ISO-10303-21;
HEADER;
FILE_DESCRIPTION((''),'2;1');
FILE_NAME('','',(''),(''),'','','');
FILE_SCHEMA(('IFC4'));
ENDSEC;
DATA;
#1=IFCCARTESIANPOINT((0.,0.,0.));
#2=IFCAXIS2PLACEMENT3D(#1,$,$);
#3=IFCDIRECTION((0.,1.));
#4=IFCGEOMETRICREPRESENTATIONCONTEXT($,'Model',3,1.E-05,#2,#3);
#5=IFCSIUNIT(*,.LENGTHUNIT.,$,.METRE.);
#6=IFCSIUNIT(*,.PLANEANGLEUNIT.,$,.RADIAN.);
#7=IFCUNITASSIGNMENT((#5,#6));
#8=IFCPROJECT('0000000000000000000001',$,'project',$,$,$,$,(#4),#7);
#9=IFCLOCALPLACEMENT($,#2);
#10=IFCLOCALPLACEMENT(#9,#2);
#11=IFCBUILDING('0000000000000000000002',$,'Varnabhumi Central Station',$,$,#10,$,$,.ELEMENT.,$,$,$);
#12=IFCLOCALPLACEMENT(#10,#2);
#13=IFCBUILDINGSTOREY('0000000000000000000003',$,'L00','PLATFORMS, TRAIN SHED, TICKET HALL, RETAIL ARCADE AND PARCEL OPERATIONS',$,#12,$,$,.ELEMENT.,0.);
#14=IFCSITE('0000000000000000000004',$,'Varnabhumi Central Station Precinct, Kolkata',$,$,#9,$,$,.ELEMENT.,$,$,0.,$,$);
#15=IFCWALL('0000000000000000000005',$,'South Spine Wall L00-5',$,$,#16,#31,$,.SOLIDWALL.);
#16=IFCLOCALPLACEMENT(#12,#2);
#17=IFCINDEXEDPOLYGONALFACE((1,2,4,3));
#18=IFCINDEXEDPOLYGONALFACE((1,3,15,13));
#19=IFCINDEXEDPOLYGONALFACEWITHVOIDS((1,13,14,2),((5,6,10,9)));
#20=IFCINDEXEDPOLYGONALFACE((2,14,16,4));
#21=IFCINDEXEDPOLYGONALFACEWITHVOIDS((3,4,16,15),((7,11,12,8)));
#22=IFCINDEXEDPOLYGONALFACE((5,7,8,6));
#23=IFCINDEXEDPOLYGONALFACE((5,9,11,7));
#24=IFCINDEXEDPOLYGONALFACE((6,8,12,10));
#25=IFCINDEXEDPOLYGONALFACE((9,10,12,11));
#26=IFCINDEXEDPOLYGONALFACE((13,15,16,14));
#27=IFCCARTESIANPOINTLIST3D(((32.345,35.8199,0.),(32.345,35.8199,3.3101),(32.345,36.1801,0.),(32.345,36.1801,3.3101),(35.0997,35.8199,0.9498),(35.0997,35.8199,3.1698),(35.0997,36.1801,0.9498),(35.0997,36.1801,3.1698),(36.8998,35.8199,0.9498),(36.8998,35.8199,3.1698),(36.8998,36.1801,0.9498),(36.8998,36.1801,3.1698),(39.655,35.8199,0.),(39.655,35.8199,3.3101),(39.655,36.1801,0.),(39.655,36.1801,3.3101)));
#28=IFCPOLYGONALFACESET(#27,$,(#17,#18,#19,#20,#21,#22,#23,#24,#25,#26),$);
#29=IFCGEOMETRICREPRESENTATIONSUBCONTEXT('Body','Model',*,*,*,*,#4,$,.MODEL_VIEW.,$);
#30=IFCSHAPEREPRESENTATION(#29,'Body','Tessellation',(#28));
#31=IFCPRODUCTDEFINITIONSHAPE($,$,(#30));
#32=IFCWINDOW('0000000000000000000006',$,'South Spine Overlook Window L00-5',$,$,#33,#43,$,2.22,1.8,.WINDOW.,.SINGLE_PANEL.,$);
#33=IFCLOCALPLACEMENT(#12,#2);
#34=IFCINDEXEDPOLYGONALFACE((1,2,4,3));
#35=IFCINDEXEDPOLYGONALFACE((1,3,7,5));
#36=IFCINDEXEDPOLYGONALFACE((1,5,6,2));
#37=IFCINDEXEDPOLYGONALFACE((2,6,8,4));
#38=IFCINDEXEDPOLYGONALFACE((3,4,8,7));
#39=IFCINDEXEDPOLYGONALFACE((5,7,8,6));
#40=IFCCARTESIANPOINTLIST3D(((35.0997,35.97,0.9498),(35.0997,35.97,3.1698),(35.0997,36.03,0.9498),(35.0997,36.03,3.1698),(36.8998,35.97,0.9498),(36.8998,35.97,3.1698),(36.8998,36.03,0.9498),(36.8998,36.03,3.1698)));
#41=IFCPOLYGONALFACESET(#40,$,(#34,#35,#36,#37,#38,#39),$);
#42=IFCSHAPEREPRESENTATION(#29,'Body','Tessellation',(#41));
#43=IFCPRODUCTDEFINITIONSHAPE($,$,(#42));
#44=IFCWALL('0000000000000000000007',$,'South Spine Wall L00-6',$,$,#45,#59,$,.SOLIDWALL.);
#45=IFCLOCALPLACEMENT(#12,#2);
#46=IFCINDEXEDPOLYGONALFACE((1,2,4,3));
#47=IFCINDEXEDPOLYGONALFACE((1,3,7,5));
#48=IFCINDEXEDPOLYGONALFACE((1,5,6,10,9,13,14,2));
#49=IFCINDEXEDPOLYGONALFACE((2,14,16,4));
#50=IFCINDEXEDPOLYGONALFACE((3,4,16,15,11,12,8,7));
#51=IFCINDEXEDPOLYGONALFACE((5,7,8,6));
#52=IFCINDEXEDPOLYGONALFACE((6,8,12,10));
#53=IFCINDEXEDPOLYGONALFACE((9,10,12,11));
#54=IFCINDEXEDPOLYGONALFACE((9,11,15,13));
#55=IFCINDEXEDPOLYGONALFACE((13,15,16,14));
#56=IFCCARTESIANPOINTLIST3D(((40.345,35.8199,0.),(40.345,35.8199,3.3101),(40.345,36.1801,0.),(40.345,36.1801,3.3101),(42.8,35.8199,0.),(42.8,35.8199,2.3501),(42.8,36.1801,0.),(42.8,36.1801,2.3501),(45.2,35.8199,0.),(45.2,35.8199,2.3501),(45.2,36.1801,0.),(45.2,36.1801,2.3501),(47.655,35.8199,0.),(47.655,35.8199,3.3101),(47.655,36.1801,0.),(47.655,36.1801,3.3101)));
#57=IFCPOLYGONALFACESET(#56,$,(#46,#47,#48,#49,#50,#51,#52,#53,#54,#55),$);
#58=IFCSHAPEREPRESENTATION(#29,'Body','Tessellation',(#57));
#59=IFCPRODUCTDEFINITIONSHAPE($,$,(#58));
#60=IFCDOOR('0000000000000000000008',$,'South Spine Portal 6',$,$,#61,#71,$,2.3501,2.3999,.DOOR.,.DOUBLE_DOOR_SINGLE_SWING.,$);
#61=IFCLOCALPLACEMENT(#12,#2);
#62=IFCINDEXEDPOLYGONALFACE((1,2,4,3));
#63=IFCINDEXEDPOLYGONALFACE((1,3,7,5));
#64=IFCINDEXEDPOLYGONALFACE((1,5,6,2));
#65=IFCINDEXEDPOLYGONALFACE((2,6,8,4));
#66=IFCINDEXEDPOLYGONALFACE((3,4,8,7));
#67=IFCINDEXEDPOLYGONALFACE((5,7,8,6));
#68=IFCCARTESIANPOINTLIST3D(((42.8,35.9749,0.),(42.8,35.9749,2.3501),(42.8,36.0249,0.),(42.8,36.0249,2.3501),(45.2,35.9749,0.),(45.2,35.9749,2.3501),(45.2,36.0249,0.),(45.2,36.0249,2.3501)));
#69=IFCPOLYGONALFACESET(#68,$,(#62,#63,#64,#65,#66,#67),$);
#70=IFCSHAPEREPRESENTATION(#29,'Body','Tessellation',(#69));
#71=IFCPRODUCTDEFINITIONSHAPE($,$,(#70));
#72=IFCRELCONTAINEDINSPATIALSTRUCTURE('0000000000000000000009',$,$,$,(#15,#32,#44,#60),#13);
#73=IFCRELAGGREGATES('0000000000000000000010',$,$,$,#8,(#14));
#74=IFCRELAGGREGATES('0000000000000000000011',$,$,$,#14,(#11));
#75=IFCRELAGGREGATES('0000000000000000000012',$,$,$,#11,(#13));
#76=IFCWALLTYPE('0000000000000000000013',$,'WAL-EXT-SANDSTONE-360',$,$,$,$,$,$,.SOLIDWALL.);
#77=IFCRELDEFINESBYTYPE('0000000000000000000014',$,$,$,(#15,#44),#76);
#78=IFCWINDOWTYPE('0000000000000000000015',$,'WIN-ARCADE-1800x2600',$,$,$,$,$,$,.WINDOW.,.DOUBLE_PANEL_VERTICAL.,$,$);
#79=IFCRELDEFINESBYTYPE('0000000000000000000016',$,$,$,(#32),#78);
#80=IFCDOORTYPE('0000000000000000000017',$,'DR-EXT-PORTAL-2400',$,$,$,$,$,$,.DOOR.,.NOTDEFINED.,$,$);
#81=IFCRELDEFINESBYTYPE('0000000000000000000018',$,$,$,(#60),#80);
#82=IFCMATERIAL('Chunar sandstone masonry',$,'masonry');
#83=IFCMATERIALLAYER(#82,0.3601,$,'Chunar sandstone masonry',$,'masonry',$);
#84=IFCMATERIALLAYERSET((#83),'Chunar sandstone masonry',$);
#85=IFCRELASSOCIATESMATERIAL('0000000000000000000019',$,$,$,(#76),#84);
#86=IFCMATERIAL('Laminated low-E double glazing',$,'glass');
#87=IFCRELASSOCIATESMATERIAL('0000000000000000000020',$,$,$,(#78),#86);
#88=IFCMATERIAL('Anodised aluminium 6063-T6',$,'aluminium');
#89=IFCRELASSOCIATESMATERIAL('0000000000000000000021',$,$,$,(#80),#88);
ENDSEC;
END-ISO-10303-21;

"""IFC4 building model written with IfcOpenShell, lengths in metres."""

from ifc_helpers import new_model, si_unit, direction, frame, frame_2d, origin, place, context, subcontext, project, spatial, rectangle, extrude, material, layer, layer_set, type_object, element, fill, save


model = new_model("IFC4")

# Units and contexts
model_context = context("Model", 3, precision=1e-05, world=origin(), true_north=direction((0.0, 1.0)))
body_context = subcontext(model_context, "Body", "Model", "MODEL_VIEW")
ifc_project = project(units=[si_unit("LENGTHUNIT", "METRE"), si_unit("PLANEANGLEUNIT", "RADIAN")], contexts=[model_context])

# Site, building, storey
site_placement = place(None, origin())
site = spatial("IfcSite", under=ifc_project, at=site_placement, Name="Varnabhumi Central Station Precinct, Kolkata", CompositionType="ELEMENT", RefElevation=0.0)
building_placement = place(site_placement, origin())
building = spatial("IfcBuilding", under=site, at=building_placement, Name="Varnabhumi Central Station", CompositionType="ELEMENT")
storey_placement = place(building_placement, origin())
storey = spatial("IfcBuildingStorey", under=building, at=storey_placement, Name="L00", Description="PLATFORMS, TRAIN SHED, TICKET HALL, RETAIL ARCADE AND PARCEL OPERATIONS", CompositionType="ELEMENT", Elevation=0.0)

# Shared definitions
ifc_material_1 = material(Name="Anodised aluminium 6063-T6", Category="aluminium")
ifc_material_2 = material(Name="Laminated low-E double glazing", Category="glass")

# Wall, opening, window
ifc_material_3 = material(Name="Chunar sandstone masonry", Category="masonry")
ifc_layer_1 = layer(ifc_material_3, 0.3601, Name="Chunar sandstone masonry", Category="masonry")
ifc_layer_set_1 = layer_set([ifc_layer_1], Name="Chunar sandstone masonry")
wall_type = type_object("IfcWallType", Name="WAL-EXT-SANDSTONE-360", PredefinedType="SOLIDWALL", material=ifc_layer_set_1)
wall_1_placement = place(storey_placement, frame((32.345, 36.0, 0.0), z_axis=(0.0, 0.0, 1.0), x_axis=(1.0, 0.0, 0.0)))
wall_1 = element("IfcWall", 1, at=wall_1_placement, inside=storey, type_object=wall_type, Name="South Spine Wall L00-5", PredefinedType="SOLIDWALL", context=body_context, shape_type="SweptSolid", body=[
    extrude(rectangle(XDim=7.3101, YDim=0.3601, at=frame_2d((3.655, 0.0))), origin(), (0.0, 0.0, 1.0), 3.3101),
])
opening_1_placement = place(wall_1_placement, frame((2.7549, 0.0, 0.95)))
opening_1 = element("IfcOpeningElement", 2, at=opening_1_placement, cuts=wall_1, PredefinedType="OPENING", context=body_context, shape_type="SweptSolid", body=[
    extrude(rectangle(XDim=1.8, YDim=2.22, at=frame_2d((0.8999, 1.1099))), frame((0.0, 0.1899, 0.0), z_axis=(0.0, -1.0, 0.0), x_axis=(1.0, 0.0, 0.0)), (0.0, 0.0, 1.0), 0.3801),
])
window_type = type_object("IfcWindowType", Name="WIN-ARCADE-1800x2600", PartitioningType="DOUBLE_PANEL_VERTICAL", PredefinedType="WINDOW", material=ifc_material_2)
window_placement = place(opening_1_placement, origin())
window = element("IfcWindow", 3, at=window_placement, inside=storey, type_object=window_type, Name="South Spine Overlook Window L00-5", OverallHeight=2.22, OverallWidth=1.8, PartitioningType="SINGLE_PANEL", PredefinedType="WINDOW", context=body_context, shape_type="SweptSolid", body=[
    extrude(rectangle(XDim=1.8, YDim=2.22, at=frame_2d((0.8999, 1.1099))), frame((0.0, 0.03, 0.0), z_axis=(0.0, -1.0, 0.0), x_axis=(1.0, 0.0, 0.0)), (0.0, 0.0, 1.0), 0.0601),
])
fill(opening_1, window)

# Wall, opening, door
wall_2_placement = place(storey_placement, frame((40.345, 36.0, 0.0), z_axis=(0.0, 0.0, 1.0), x_axis=(1.0, 0.0, 0.0)))
wall_2 = element("IfcWall", 4, at=wall_2_placement, inside=storey, type_object=wall_type, Name="South Spine Wall L00-6", PredefinedType="SOLIDWALL", context=body_context, shape_type="SweptSolid", body=[
    extrude(rectangle(XDim=7.3101, YDim=0.3601, at=frame_2d((3.655, 0.0))), origin(), (0.0, 0.0, 1.0), 3.3101),
])
opening_2_placement = place(wall_2_placement, frame((2.4551, 0.0, 0.0)))
opening_2 = element("IfcOpeningElement", 5, at=opening_2_placement, cuts=wall_2, PredefinedType="OPENING", context=body_context, shape_type="SweptSolid", body=[
    extrude(rectangle(XDim=2.3999, YDim=2.3501, at=frame_2d((1.2, 1.175))), frame((0.0, 0.1899, 0.0), z_axis=(0.0, -1.0, 0.0), x_axis=(1.0, 0.0, 0.0)), (0.0, 0.0, 1.0), 0.3801),
])
door_type = type_object("IfcDoorType", Name="DR-EXT-PORTAL-2400", OperationType="NOTDEFINED", PredefinedType="DOOR", material=ifc_material_1)
door_placement = place(opening_2_placement, origin())
door = element("IfcDoor", 6, at=door_placement, inside=storey, type_object=door_type, Name="South Spine Portal 6", OperationType="DOUBLE_DOOR_SINGLE_SWING", OverallHeight=2.3501, OverallWidth=2.3999, PredefinedType="DOOR", context=body_context, shape_type="SweptSolid", body=[
    extrude(rectangle(XDim=2.3999, YDim=2.3501, at=frame_2d((1.2, 1.175))), frame((0.0, 0.0249, 0.0), z_axis=(0.0, -1.0, 0.0), x_axis=(1.0, 0.0, 0.0)), (0.0, 0.0, 1.0), 0.05),
])
fill(opening_2, door)

save(model, "model.ifc")
